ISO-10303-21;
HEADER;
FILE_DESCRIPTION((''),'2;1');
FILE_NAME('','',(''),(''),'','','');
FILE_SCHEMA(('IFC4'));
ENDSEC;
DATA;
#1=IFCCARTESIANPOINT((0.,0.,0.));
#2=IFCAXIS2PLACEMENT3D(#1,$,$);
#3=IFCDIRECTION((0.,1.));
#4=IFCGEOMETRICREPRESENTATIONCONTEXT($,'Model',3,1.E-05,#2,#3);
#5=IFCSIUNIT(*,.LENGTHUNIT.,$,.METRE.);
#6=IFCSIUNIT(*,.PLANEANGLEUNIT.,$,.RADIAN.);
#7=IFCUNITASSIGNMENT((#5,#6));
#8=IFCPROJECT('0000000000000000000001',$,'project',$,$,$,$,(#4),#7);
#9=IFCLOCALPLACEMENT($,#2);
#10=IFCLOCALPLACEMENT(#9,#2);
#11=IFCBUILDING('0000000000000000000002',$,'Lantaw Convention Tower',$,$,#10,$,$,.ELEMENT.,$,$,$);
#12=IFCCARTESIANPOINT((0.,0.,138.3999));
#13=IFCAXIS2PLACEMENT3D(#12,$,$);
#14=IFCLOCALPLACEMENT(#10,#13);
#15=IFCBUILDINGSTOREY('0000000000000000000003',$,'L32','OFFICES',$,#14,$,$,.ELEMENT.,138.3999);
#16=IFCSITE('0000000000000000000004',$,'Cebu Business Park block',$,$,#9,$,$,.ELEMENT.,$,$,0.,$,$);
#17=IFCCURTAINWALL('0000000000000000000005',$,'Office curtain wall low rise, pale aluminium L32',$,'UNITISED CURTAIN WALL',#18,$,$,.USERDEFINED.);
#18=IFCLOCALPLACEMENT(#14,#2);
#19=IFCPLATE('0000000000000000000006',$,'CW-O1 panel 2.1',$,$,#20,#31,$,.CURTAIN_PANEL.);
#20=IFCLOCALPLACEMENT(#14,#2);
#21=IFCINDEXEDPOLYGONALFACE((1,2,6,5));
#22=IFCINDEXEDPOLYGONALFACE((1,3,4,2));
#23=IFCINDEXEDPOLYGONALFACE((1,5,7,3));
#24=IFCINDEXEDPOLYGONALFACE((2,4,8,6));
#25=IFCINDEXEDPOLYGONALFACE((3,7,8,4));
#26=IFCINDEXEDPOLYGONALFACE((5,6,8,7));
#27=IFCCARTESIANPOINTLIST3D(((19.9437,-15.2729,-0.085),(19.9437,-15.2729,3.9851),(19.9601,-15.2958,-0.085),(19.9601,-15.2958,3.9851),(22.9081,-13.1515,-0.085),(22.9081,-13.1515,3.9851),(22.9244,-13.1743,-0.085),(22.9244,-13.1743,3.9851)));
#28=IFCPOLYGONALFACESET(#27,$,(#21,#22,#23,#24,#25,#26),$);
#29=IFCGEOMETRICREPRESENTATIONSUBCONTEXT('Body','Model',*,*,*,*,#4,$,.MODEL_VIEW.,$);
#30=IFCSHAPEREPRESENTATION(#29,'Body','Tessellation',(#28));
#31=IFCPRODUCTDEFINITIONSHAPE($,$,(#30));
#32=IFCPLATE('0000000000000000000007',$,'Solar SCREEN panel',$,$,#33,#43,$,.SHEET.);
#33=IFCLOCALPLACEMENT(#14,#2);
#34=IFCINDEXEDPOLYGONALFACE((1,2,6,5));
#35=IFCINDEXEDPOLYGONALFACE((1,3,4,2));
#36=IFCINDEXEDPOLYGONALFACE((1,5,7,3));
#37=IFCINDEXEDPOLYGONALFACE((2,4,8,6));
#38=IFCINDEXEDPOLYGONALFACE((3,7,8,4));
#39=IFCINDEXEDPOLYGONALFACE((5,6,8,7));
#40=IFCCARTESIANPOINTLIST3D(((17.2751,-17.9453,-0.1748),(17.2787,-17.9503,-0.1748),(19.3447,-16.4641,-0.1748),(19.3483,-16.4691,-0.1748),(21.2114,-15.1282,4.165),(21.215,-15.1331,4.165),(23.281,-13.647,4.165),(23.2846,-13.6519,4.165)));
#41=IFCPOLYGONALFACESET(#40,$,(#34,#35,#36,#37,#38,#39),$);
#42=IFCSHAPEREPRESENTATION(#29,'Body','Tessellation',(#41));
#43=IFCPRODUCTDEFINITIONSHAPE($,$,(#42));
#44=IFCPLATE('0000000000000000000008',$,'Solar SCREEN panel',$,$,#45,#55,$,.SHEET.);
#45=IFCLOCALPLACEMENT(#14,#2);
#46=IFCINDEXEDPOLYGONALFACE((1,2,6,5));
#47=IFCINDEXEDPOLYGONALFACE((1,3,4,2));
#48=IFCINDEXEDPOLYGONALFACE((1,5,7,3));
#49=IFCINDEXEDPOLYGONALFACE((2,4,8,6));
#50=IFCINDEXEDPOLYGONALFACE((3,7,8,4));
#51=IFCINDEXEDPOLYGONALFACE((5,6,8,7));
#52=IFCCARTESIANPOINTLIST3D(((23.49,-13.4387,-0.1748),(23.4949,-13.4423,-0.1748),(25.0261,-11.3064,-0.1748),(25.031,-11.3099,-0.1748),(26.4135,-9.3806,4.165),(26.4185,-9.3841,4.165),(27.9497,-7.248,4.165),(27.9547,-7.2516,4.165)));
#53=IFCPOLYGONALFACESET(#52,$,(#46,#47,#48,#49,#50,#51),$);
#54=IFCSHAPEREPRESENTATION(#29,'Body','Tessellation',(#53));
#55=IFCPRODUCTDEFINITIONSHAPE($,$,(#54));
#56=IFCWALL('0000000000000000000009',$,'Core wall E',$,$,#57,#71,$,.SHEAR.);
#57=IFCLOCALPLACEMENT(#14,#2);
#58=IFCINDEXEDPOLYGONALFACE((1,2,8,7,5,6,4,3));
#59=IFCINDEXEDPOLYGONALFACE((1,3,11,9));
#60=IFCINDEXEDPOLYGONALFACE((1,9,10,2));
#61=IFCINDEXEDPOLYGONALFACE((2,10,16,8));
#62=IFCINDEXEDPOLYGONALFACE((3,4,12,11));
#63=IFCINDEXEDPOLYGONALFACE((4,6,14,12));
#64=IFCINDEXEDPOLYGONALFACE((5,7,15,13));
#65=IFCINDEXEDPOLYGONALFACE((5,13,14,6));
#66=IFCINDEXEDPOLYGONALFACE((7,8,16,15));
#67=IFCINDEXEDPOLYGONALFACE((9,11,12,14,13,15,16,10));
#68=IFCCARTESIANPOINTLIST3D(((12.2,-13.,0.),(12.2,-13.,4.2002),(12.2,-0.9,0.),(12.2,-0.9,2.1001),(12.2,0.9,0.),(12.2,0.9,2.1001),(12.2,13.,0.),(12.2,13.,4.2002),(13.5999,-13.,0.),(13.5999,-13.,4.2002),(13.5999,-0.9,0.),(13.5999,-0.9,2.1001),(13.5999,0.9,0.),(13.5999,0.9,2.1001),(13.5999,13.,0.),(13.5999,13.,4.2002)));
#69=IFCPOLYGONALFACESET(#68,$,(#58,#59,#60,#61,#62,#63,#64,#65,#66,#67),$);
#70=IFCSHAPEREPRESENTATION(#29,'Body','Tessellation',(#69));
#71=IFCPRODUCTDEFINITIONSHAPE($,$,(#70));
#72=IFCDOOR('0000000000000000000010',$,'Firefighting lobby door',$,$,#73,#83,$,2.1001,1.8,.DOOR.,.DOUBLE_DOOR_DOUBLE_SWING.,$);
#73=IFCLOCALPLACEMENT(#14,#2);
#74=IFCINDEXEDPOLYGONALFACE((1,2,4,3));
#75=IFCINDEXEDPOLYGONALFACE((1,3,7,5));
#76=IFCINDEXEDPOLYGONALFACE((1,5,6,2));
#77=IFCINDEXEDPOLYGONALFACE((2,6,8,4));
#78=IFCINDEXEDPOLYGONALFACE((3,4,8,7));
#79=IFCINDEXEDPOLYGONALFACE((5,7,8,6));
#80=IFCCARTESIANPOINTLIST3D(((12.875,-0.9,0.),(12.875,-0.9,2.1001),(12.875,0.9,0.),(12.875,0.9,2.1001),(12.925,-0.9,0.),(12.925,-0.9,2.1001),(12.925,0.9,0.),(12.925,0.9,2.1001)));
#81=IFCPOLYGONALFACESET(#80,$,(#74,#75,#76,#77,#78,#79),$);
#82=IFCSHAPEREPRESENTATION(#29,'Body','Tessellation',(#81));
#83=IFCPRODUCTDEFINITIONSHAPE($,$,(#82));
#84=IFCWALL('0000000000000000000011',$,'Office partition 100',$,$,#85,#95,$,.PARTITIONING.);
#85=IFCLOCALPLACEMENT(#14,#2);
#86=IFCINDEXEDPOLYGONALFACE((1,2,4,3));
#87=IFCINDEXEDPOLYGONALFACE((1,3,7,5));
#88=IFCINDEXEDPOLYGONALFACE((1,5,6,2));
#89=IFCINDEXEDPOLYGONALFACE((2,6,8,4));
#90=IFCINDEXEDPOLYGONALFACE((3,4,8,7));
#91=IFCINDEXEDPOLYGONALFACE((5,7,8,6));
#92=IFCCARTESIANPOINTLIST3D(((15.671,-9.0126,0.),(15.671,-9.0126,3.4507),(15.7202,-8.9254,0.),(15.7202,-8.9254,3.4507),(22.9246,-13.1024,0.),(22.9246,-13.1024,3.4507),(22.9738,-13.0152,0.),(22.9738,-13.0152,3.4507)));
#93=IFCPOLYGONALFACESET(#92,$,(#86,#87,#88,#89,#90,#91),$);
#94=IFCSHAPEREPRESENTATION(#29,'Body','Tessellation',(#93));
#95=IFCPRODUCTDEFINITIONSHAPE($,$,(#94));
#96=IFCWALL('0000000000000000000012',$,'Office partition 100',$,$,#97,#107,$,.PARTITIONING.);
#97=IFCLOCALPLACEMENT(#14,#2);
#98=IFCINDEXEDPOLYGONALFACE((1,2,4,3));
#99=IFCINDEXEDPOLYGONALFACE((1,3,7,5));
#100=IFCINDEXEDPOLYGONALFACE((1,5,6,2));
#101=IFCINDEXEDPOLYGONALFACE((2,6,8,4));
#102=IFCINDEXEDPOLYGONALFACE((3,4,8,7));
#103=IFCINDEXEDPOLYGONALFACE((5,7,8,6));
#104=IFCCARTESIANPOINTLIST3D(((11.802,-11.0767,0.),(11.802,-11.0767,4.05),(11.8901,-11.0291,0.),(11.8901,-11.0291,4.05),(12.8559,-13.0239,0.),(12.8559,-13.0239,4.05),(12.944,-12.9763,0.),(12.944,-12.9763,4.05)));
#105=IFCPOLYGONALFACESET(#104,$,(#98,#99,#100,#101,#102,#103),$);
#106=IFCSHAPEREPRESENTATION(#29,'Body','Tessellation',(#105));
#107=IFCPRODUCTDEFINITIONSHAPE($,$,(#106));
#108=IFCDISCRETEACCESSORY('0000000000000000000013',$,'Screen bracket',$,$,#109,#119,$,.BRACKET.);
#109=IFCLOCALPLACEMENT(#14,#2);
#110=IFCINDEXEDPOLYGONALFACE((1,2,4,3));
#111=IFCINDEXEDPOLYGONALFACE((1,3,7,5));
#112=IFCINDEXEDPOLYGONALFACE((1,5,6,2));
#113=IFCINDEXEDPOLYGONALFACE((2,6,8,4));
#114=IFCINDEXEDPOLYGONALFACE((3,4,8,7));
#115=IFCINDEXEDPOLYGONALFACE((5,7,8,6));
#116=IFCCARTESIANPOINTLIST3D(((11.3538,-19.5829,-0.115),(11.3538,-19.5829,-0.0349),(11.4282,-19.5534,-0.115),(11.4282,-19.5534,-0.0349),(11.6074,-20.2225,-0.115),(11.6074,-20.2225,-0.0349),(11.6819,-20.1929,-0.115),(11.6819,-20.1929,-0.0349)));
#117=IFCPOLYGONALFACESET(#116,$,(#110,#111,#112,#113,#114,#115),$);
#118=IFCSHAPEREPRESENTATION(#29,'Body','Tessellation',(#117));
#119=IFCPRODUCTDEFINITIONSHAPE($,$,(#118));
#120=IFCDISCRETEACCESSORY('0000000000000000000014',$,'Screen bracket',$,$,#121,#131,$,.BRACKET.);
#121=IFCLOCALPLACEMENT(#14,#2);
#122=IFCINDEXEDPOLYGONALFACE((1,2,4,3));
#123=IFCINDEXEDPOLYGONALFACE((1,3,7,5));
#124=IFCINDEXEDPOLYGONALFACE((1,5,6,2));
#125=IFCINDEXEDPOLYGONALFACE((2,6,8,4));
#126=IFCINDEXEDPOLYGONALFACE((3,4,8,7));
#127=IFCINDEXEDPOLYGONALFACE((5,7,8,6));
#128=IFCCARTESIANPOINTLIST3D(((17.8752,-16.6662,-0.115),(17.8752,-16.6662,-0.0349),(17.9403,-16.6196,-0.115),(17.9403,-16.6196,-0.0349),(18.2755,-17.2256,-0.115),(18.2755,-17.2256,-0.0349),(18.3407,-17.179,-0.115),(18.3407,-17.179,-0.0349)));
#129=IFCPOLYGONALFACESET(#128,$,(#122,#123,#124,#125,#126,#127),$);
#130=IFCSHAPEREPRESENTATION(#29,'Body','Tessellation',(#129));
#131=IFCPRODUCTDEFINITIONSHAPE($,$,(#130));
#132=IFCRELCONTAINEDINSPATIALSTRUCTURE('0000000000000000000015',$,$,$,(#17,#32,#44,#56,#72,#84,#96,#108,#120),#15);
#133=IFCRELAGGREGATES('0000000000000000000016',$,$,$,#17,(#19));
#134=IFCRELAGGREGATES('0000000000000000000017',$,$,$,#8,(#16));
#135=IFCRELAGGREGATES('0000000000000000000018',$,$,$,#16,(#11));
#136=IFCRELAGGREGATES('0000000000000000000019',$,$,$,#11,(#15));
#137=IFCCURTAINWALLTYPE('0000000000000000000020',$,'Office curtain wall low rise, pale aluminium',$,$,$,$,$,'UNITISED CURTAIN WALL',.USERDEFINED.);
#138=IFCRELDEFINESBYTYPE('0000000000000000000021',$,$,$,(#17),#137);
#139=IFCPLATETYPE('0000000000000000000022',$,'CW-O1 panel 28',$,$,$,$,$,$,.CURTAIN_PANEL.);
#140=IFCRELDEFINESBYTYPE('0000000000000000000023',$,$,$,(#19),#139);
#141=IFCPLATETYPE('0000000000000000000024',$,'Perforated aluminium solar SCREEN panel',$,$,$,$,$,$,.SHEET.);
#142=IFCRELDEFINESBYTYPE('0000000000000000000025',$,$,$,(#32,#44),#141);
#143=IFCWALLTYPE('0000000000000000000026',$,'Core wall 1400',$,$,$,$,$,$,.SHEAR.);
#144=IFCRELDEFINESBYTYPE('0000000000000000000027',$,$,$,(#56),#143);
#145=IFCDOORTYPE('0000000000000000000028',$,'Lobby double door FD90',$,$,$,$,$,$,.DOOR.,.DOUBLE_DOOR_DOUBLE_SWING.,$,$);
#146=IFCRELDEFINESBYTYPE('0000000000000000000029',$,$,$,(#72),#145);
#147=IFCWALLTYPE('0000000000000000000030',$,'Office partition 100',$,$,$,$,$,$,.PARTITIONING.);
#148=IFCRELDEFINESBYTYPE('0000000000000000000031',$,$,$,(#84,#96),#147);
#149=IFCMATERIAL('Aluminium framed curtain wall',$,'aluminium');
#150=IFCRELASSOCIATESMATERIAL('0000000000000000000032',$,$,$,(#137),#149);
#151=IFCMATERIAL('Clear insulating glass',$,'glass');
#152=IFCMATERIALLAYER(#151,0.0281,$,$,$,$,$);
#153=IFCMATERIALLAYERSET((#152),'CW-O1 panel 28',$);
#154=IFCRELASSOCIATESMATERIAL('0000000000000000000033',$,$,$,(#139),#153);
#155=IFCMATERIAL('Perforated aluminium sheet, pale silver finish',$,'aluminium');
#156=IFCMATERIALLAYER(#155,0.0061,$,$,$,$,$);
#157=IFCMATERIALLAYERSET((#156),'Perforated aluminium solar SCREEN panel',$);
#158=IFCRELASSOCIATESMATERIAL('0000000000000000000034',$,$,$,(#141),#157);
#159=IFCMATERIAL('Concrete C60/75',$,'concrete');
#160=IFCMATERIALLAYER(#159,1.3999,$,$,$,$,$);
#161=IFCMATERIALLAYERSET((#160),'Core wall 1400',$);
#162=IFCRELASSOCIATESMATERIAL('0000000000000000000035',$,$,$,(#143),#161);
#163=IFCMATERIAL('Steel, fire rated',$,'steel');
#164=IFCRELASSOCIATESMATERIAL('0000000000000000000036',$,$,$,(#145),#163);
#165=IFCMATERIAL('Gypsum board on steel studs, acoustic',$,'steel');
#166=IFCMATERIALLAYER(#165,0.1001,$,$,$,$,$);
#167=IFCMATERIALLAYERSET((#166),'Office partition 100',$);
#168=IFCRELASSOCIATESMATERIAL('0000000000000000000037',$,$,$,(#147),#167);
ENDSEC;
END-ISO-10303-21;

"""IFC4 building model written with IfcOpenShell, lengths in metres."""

from ifc_helpers import new_model, si_unit, direction, frame, frame_2d, origin, origin_2d, place, context, subcontext, project, spatial, polyline, rectangle, outline, extrude, material, layer, layer_set, type_object, element, fill, aggregate, save


model = new_model("IFC4")

# Units and contexts
model_context = context("Model", 3, precision=1e-05, world=origin(), true_north=direction((0.0, 1.0)))
body_context = subcontext(model_context, "Body", "Model", "MODEL_VIEW")
ifc_project = project(units=[si_unit("LENGTHUNIT", "METRE"), si_unit("PLANEANGLEUNIT", "RADIAN")], contexts=[model_context])

# Site, building, storey
site_placement = place(None, origin())
site = spatial("IfcSite", under=ifc_project, at=site_placement, Name="Cebu Business Park block", CompositionType="ELEMENT", RefElevation=0.0)
building_placement = place(site_placement, origin())
building = spatial("IfcBuilding", under=site, at=building_placement, Name="Lantaw Convention Tower", CompositionType="ELEMENT")
storey_placement = place(building_placement, frame((0.0, 0.0, 138.3999)))
storey = spatial("IfcBuildingStorey", under=building, at=storey_placement, Name="L32", Description="OFFICES", CompositionType="ELEMENT", Elevation=138.3999)

# Shared definitions
ifc_material_1 = material(Name="Concrete C60/75", Category="concrete")

# Curtain wall
ifc_material_2 = material(Name="Aluminium framed curtain wall", Category="aluminium")
curtain_wall_type = type_object("IfcCurtainWallType", Name="Office curtain wall low rise, pale aluminium", ElementType="UNITISED CURTAIN WALL", PredefinedType="USERDEFINED", material=ifc_material_2)
curtain_wall_1_placement = place(storey_placement, origin())
curtain_wall_1 = element("IfcCurtainWall", 1, at=curtain_wall_1_placement, inside=storey, type_object=curtain_wall_type, Name="Office curtain wall low rise, pale aluminium L32", ObjectType="UNITISED CURTAIN WALL", PredefinedType="USERDEFINED")

# Plate
ifc_material_3 = material(Name="Clear insulating glass", Category="glass")
ifc_layer_1 = layer(ifc_material_3, 0.0281)
ifc_layer_set_1 = layer_set([ifc_layer_1], Name="CW-O1 panel 28")
plate_type_1 = type_object("IfcPlateType", Name="CW-O1 panel 28", PredefinedType="CURTAIN_PANEL", material=ifc_layer_set_1)
plate_1_placement = place(storey_placement, frame((21.4341, -14.2236, -0.085), z_axis=(0.0, 0.0, 1.0), x_axis=(0.813208, 0.581973, 0.0)))
plate_1 = element("IfcPlate", 2, at=plate_1_placement, type_object=plate_type_1, Name="CW-O1 panel 2.1", PredefinedType="CURTAIN_PANEL", context=body_context, shape_type="SweptSolid", body=[
    extrude(rectangle(XDim=3.6453, YDim=0.0281, at=origin_2d()), origin(), (0.0, 0.0, 1.0), 4.0701),
])
aggregate(curtain_wall_1, [plate_1])

# Plates
ifc_material_4 = material(Name="Perforated aluminium sheet, pale silver finish", Category="aluminium")
ifc_layer_2 = layer(ifc_material_4, 0.0061)
ifc_layer_set_2 = layer_set([ifc_layer_2], Name="Perforated aluminium solar SCREEN panel")
plate_type_2 = type_object("IfcPlateType", Name="Perforated aluminium solar SCREEN panel", PredefinedType="SHEET", material=ifc_layer_set_2)
plate_2_placement = place(storey_placement, frame((17.2751, -17.9453, -0.1748), z_axis=(-0.582, 0.813189, 0.000012), x_axis=(0.813189, 0.582, 0.0)))
element("IfcPlate", 3, at=plate_2_placement, inside=storey, type_object=plate_type_2, Name="Solar SCREEN panel", PredefinedType="SHEET", context=body_context, shape_type="SweptSolid", body=[
    extrude(outline(polyline([(0.0, 0.0), (2.545, 0.0), (7.3855, -4.3398), (4.8405, -4.3398), (0.0, 0.0)])), origin(), (0.0, 0.0, -1.0), 0.0061),
])
plate_3_placement = place(storey_placement, frame((23.49, -13.4387, -0.1748), z_axis=(-0.811395, 0.584498, 0.000036), x_axis=(0.584498, 0.811395, 0.0)))
element("IfcPlate", 4, at=plate_3_placement, inside=storey, type_object=plate_type_2, Name="Solar SCREEN panel", PredefinedType="SHEET", context=body_context, shape_type="SweptSolid", body=[
    extrude(outline(polyline([(0.0, 0.0), (2.628, 0.0), (7.6298, -4.3398), (5.0016, -4.3398), (0.0, 0.0)])), origin(), (0.0, 0.0, -1.0), 0.0061),
])

# Wall, opening, door
ifc_layer_3 = layer(ifc_material_1, 1.3999)
ifc_layer_set_3 = layer_set([ifc_layer_3], Name="Core wall 1400")
wall_type_1 = type_object("IfcWallType", Name="Core wall 1400", PredefinedType="SHEAR", material=ifc_layer_set_3)
wall_1_placement = place(storey_placement, frame((12.8999, -13.0, 0.0), z_axis=(0.0, 0.0, 1.0), x_axis=(0.0, 1.0, 0.0)))
wall_1 = element("IfcWall", 5, at=wall_1_placement, inside=storey, type_object=wall_type_1, Name="Core wall E", PredefinedType="SHEAR", context=body_context, shape_type="SweptSolid", body=[
    extrude(rectangle(XDim=26.0, YDim=1.3999, at=frame_2d((13.0, 0.0))), origin(), (0.0, 0.0, 1.0), 4.2002),
])
opening_placement = place(wall_1_placement, frame((12.1001, 0.0, 0.0)))
opening = element("IfcOpeningElement", 6, at=opening_placement, cuts=wall_1, PredefinedType="OPENING", context=body_context, shape_type="SweptSolid", body=[
    extrude(rectangle(XDim=1.8, YDim=2.1001, at=frame_2d((0.8999, 1.05))), frame((0.0, 0.71, 0.0), z_axis=(0.0, -1.0, 0.0), x_axis=(1.0, 0.0, 0.0)), (0.0, 0.0, 1.0), 1.4199),
])
ifc_material_5 = material(Name="Steel, fire rated", Category="steel")
door_type = type_object("IfcDoorType", Name="Lobby double door FD90", OperationType="DOUBLE_DOOR_DOUBLE_SWING", PredefinedType="DOOR", material=ifc_material_5)
door_placement = place(opening_placement, origin())
door = element("IfcDoor", 7, at=door_placement, inside=storey, type_object=door_type, Name="Firefighting lobby door", OperationType="DOUBLE_DOOR_DOUBLE_SWING", OverallHeight=2.1001, OverallWidth=1.8, PredefinedType="DOOR", context=body_context, shape_type="SweptSolid", body=[
    extrude(rectangle(XDim=1.8, YDim=2.1001, at=frame_2d((0.8999, 1.05))), frame((0.0, 0.0249, 0.0), z_axis=(0.0, -1.0, 0.0), x_axis=(1.0, 0.0, 0.0)), (0.0, 0.0, 1.0), 0.05),
])
fill(opening, door)

# Walls
ifc_material_6 = material(Name="Gypsum board on steel studs, acoustic", Category="steel")
ifc_layer_4 = layer(ifc_material_6, 0.1001)
ifc_layer_set_4 = layer_set([ifc_layer_4], Name="Office partition 100")
wall_type_2 = type_object("IfcWallType", Name="Office partition 100", PredefinedType="PARTITIONING", material=ifc_layer_set_4)
wall_2_placement = place(storey_placement, frame((22.9492, -13.0588, 0.0), z_axis=(0.0, 0.0, 1.0), x_axis=(-0.871079, 0.491142, 0.0)))
element("IfcWall", 8, at=wall_2_placement, inside=storey, type_object=wall_type_2, Name="Office partition 100", PredefinedType="PARTITIONING", context=body_context, shape_type="SweptSolid", body=[
    extrude(rectangle(XDim=8.3271, YDim=0.1001, at=frame_2d((4.1636, 0.0))), origin(), (0.0, 0.0, 1.0), 3.4507),
])
wall_3_placement = place(storey_placement, frame((12.8999, -13.0, 0.0), z_axis=(0.0, 0.0, 1.0), x_axis=(-0.475999, 0.879446, 0.0)))
element("IfcWall", 9, at=wall_3_placement, inside=storey, type_object=wall_type_2, Name="Office partition 100", PredefinedType="PARTITIONING", context=body_context, shape_type="SweptSolid", body=[
    extrude(rectangle(XDim=2.2141, YDim=0.1001, at=frame_2d((1.1069, 0.0))), origin(), (0.0, 0.0, 1.0), 4.05),
])

# Discrete accessories
for number, where, z_axis, x_axis, name in (
    (10, (11.5178, -19.8879, -0.115), (0.0, 0.0, 1.0), (0.929548, 0.368702, 0.0), "Screen bracket"),
    (11, (18.1079, -16.9226, -0.115), (0.0, 0.0, 1.0), (0.813208, 0.581973, 0.0), "Screen bracket"),
):
    element("IfcDiscreteAccessory", number, at=place(storey_placement, frame(where, z_axis=z_axis, x_axis=x_axis)), inside=storey, Name=name, PredefinedType="BRACKET", context=body_context, shape_type="SweptSolid", body=[
        extrude(rectangle(XDim=0.0801, YDim=0.688, at=origin_2d()), origin(), (0.0, 0.0, 1.0), 0.0801),
    ])

save(model, "model.ifc")
